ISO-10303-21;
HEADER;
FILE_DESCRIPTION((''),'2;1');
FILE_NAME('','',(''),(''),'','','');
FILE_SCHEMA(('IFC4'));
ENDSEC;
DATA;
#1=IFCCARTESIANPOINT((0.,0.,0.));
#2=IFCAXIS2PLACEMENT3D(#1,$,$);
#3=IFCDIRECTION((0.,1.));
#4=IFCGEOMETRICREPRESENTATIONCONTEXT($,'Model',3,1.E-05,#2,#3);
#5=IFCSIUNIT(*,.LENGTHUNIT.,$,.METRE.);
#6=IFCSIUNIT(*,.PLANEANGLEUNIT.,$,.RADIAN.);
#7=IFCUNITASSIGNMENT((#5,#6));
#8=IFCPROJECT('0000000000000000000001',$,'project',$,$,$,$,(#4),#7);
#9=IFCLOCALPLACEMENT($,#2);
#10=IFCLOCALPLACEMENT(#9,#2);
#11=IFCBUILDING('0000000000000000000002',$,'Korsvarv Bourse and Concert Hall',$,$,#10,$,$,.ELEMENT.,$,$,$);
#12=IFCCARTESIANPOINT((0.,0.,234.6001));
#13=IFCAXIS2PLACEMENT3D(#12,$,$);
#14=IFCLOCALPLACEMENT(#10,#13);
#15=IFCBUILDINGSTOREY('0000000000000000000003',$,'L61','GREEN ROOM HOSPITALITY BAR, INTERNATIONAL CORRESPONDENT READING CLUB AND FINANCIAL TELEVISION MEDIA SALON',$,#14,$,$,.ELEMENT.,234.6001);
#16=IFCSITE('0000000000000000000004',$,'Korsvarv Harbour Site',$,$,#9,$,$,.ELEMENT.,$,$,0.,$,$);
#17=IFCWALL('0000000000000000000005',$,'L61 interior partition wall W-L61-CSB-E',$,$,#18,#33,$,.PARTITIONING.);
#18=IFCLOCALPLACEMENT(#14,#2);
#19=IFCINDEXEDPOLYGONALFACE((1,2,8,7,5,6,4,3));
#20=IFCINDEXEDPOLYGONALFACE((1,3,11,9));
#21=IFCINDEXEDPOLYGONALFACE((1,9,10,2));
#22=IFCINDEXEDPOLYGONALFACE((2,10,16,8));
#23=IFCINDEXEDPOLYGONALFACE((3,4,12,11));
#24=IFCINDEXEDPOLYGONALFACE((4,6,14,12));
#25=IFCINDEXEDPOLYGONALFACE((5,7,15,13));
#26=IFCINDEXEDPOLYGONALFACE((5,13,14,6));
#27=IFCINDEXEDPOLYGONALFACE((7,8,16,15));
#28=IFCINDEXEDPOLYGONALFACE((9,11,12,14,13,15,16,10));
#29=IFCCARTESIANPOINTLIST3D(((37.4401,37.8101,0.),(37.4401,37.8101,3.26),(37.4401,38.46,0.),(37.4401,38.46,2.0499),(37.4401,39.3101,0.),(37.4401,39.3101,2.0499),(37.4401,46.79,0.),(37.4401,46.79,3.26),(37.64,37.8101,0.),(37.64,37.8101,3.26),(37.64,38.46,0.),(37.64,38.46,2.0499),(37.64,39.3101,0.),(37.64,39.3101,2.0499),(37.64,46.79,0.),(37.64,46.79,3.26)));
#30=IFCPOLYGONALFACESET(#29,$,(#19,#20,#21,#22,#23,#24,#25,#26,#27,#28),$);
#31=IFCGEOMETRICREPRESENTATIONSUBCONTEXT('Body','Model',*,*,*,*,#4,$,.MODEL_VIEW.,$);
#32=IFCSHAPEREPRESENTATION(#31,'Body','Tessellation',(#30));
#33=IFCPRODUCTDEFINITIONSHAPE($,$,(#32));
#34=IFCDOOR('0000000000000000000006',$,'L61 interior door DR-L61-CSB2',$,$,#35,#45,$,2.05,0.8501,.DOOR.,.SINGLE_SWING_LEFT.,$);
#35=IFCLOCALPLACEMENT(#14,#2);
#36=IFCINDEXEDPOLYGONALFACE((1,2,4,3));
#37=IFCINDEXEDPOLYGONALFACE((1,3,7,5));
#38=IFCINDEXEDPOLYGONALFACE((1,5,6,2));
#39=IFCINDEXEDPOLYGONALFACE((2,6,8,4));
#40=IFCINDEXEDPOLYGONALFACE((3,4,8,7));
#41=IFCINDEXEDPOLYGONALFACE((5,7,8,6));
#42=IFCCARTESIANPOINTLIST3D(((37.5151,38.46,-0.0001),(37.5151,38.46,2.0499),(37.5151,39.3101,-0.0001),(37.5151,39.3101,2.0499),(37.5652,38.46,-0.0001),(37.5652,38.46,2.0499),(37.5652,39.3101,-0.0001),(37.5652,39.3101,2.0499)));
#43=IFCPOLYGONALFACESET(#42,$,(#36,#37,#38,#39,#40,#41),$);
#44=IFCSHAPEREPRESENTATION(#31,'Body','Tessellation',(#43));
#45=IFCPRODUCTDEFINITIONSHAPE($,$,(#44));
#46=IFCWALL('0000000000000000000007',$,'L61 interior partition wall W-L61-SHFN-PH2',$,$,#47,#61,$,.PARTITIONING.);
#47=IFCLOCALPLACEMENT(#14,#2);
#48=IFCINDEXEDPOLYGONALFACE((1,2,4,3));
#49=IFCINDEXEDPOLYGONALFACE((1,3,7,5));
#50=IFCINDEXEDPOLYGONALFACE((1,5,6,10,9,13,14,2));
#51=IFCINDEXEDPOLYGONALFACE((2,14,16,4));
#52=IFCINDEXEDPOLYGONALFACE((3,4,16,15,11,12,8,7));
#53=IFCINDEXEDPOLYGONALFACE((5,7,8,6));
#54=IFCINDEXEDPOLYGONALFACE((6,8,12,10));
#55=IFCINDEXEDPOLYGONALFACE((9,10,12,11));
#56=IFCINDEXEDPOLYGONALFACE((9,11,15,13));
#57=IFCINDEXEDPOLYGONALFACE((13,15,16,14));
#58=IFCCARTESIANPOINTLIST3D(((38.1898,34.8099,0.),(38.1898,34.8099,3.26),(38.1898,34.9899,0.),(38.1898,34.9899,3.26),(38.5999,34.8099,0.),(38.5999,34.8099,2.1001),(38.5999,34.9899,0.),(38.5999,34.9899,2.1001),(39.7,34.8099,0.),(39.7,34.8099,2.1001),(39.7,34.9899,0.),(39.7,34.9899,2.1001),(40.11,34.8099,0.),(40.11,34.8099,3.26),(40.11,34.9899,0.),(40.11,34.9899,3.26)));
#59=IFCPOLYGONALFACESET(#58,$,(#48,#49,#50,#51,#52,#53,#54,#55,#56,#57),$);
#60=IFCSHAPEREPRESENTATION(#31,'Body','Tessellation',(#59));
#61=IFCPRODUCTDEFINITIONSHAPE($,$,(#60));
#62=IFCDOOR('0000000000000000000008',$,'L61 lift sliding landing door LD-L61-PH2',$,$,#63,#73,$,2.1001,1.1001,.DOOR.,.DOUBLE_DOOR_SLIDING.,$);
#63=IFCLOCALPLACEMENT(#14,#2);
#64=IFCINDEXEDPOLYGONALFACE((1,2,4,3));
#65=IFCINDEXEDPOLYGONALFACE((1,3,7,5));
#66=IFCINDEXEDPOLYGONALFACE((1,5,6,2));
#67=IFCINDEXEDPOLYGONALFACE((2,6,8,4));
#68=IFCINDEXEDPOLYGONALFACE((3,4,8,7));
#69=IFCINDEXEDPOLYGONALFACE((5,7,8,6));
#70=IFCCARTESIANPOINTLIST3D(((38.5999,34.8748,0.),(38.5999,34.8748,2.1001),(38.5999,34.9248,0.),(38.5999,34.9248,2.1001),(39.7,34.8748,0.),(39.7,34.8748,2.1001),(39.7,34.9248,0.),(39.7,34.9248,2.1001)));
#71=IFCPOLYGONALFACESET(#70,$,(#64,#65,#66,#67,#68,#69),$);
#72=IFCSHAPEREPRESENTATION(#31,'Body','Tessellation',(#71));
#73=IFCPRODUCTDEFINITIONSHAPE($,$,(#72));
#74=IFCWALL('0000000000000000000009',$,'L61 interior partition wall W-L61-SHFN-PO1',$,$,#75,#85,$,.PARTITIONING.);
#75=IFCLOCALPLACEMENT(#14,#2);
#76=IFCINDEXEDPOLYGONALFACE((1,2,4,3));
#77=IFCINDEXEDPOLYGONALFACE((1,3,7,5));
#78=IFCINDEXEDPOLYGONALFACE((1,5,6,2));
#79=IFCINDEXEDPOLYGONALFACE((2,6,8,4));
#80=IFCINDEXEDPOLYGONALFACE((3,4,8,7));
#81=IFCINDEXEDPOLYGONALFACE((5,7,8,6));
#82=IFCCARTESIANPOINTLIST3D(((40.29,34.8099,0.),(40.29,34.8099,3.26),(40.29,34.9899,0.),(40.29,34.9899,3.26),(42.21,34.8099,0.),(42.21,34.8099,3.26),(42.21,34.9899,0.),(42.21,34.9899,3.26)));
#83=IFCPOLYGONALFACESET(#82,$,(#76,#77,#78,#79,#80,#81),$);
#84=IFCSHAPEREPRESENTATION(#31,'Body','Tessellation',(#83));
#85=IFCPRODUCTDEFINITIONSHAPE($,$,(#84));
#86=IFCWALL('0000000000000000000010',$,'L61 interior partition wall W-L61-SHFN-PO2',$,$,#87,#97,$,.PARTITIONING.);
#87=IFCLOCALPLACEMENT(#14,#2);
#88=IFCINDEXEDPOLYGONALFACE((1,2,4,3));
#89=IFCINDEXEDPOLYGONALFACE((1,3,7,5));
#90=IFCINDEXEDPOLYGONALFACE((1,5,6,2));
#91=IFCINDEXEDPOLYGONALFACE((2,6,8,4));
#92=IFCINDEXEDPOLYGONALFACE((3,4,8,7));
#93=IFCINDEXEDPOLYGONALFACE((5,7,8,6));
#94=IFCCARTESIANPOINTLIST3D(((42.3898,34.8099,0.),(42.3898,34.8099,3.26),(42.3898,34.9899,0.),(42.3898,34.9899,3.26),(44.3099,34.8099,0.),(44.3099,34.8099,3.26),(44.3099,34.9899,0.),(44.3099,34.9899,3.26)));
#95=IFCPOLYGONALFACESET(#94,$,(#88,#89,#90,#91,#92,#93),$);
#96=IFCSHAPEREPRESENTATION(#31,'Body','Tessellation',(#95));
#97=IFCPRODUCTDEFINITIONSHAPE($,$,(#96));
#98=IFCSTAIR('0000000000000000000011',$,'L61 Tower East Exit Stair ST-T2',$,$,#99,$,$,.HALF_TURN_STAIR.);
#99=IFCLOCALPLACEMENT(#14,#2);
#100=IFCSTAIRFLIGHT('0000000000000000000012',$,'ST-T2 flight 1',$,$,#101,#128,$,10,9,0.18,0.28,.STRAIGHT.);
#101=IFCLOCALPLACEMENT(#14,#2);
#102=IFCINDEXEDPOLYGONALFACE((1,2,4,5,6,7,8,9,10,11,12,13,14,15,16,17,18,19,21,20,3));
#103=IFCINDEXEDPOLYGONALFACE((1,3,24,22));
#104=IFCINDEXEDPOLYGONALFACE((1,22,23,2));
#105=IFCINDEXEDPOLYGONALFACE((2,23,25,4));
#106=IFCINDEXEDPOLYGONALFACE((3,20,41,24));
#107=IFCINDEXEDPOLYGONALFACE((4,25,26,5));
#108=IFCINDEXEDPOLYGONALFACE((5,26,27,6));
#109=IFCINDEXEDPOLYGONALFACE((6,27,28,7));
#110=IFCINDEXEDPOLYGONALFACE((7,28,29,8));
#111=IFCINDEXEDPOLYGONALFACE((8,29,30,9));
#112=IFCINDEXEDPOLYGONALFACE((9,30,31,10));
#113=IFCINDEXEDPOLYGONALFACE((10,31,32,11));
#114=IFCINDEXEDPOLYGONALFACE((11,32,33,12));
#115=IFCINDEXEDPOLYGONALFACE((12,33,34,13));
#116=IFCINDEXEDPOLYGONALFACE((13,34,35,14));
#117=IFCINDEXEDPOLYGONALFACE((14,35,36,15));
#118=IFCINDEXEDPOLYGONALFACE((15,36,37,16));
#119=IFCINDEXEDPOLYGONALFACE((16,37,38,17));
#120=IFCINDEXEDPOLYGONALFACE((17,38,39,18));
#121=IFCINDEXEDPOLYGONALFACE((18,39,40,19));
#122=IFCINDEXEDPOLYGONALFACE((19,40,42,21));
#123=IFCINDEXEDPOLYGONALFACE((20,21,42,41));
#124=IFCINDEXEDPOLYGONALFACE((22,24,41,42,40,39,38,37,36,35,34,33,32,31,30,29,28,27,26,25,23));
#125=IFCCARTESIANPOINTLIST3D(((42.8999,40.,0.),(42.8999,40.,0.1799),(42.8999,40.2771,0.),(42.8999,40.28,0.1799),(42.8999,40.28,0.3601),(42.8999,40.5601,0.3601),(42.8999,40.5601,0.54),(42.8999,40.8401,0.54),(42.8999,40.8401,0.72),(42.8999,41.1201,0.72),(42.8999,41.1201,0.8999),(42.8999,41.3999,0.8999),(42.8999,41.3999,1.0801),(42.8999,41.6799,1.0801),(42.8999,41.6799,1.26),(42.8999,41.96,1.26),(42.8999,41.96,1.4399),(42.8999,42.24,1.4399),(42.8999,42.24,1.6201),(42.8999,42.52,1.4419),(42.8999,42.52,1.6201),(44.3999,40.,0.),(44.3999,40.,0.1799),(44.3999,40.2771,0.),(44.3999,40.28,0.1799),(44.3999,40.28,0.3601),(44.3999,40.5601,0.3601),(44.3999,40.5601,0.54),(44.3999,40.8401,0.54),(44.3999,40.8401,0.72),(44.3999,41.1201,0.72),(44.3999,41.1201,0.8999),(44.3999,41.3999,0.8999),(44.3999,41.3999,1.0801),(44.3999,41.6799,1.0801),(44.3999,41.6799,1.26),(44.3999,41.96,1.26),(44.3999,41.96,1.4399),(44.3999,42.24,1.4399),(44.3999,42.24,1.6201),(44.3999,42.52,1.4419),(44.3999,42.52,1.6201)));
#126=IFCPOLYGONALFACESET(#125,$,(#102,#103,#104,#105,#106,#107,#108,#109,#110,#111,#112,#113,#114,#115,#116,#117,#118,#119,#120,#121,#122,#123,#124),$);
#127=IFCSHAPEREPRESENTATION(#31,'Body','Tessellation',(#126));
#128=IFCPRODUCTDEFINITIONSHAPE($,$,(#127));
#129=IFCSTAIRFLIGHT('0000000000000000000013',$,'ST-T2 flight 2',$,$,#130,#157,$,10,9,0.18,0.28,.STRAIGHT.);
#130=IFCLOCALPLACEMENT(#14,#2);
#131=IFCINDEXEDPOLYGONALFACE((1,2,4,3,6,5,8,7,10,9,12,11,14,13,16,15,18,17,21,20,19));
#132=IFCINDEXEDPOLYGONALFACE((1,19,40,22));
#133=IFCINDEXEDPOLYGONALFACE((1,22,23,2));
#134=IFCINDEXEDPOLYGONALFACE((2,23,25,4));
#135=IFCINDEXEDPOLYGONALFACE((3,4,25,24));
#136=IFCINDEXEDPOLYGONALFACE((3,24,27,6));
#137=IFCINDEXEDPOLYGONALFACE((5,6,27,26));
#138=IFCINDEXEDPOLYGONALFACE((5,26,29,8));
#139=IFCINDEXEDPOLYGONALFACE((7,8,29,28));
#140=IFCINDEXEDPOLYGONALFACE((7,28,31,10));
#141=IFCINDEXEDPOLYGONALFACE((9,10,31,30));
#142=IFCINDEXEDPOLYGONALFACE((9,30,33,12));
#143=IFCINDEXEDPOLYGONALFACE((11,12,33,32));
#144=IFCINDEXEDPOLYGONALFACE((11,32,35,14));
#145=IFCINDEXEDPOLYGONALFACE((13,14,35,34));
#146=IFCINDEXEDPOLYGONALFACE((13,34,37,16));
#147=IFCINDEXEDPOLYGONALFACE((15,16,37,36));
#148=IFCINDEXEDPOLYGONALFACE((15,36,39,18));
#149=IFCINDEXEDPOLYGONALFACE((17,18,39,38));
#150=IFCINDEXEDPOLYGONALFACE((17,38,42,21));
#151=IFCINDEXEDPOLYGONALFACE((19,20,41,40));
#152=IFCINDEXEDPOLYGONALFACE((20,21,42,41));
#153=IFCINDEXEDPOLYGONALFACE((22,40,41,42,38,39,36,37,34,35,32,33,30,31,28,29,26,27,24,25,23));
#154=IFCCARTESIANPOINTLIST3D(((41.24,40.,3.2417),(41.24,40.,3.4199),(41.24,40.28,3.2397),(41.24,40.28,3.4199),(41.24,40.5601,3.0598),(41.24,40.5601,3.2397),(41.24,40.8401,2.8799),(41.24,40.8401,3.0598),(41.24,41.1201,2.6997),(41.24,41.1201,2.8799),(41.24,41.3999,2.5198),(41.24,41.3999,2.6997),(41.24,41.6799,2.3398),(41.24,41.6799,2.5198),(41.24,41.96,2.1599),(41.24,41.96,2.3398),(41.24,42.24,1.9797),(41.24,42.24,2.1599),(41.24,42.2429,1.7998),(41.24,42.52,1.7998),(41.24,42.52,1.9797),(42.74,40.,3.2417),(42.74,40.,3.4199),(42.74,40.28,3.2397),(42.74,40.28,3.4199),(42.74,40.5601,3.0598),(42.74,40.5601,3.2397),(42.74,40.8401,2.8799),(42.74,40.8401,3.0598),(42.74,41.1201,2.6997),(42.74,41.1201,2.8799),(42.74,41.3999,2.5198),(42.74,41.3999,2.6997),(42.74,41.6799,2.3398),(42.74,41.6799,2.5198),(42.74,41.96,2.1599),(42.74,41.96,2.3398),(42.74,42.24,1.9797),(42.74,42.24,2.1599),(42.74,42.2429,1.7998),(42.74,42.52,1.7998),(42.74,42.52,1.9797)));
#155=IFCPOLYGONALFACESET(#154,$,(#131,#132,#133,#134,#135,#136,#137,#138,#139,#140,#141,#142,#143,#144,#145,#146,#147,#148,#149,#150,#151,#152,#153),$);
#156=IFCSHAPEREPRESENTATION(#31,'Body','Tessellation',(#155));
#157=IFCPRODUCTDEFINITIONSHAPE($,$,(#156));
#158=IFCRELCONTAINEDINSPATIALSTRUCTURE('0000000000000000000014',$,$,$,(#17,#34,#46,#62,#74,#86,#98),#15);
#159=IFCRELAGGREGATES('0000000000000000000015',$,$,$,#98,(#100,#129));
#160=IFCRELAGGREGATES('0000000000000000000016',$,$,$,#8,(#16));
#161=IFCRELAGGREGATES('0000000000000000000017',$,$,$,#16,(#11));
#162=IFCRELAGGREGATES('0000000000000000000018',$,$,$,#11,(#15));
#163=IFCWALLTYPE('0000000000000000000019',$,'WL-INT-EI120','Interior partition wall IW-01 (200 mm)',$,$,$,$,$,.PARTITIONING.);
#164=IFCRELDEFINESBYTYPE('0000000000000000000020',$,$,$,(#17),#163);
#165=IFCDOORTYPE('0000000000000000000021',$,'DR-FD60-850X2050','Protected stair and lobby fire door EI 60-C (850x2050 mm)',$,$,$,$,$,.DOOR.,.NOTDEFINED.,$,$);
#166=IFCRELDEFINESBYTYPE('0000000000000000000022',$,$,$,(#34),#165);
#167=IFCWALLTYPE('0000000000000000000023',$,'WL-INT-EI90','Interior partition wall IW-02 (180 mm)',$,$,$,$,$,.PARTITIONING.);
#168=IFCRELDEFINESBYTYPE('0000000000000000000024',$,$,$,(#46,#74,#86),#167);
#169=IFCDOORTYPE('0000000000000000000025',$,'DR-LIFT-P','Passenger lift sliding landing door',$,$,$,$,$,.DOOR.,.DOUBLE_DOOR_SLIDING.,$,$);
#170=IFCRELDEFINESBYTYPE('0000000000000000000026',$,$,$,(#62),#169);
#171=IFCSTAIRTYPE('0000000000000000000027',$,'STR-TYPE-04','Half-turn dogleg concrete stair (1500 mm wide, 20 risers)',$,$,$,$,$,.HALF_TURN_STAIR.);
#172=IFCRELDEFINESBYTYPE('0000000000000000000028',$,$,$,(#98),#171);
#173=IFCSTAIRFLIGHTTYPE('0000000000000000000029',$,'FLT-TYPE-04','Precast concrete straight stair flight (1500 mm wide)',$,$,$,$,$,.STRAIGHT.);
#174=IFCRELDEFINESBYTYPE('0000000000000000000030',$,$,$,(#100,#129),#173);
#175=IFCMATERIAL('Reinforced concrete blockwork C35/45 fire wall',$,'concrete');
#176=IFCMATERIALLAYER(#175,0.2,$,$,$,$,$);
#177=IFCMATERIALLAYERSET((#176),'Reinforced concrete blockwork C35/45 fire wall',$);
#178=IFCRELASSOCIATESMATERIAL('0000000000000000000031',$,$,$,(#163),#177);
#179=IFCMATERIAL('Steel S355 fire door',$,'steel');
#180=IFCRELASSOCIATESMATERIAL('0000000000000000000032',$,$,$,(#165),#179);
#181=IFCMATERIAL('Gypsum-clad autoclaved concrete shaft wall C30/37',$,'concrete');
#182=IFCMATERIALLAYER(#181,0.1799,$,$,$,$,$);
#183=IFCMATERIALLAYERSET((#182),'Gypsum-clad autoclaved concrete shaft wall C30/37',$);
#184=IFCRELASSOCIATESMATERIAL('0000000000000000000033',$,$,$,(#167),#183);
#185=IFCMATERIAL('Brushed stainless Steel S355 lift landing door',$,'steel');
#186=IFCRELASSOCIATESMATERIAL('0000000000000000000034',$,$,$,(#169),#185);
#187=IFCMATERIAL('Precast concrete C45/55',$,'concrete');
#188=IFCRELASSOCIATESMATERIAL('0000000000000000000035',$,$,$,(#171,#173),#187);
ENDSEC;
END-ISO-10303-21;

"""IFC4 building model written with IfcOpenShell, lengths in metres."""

from ifc_helpers import new_model, si_unit, direction, frame, frame_2d, origin, place, context, subcontext, project, spatial, polyline, rectangle, outline, extrude, material, layer, layer_set, type_object, element, fill, aggregate, save


model = new_model("IFC4")

# Units and contexts
model_context = context("Model", 3, precision=1e-05, world=origin(), true_north=direction((0.0, 1.0)))
body_context = subcontext(model_context, "Body", "Model", "MODEL_VIEW")
ifc_project = project(units=[si_unit("LENGTHUNIT", "METRE"), si_unit("PLANEANGLEUNIT", "RADIAN")], contexts=[model_context])

# Site, building, storey
site_placement = place(None, origin())
site = spatial("IfcSite", under=ifc_project, at=site_placement, Name="Korsvarv Harbour Site", CompositionType="ELEMENT", RefElevation=0.0)
building_placement = place(site_placement, origin())
building = spatial("IfcBuilding", under=site, at=building_placement, Name="Korsvarv Bourse and Concert Hall", CompositionType="ELEMENT")
storey_placement = place(building_placement, frame((0.0, 0.0, 234.6001)))
storey = spatial("IfcBuildingStorey", under=building, at=storey_placement, Name="L61", Description="GREEN ROOM HOSPITALITY BAR, INTERNATIONAL CORRESPONDENT READING CLUB AND FINANCIAL TELEVISION MEDIA SALON", CompositionType="ELEMENT", Elevation=234.6001)

# Shared definitions
ifc_material_1 = material(Name="Steel S355 fire door", Category="steel")

# Walls, openings, doors
ifc_material_2 = material(Name="Reinforced concrete blockwork C35/45 fire wall", Category="concrete")
ifc_layer_1 = layer(ifc_material_2, 0.2)
ifc_layer_set_1 = layer_set([ifc_layer_1], Name="Reinforced concrete blockwork C35/45 fire wall")
wall_type_1 = type_object("IfcWallType", Name="WL-INT-EI120", Description="Interior partition wall IW-01 (200 mm)", PredefinedType="PARTITIONING", material=ifc_layer_set_1)
wall_1_placement = place(storey_placement, frame((37.54, 37.8101, 0.0), z_axis=(0.0, 0.0, 1.0), x_axis=(0.0, 1.0, 0.0)))
wall_1 = element("IfcWall", 1, at=wall_1_placement, inside=storey, type_object=wall_type_1, Name="L61 interior partition wall W-L61-CSB-E", PredefinedType="PARTITIONING", context=body_context, shape_type="SweptSolid", body=[
    extrude(rectangle(XDim=8.98, YDim=0.2, at=frame_2d((4.49, 0.0))), origin(), (0.0, 0.0, 1.0), 3.26),
])
opening_1_placement = place(wall_1_placement, frame((0.6499, 0.0, 0.0)))
opening_1 = element("IfcOpeningElement", 2, at=opening_1_placement, cuts=wall_1, PredefinedType="OPENING", context=body_context, shape_type="SweptSolid", body=[
    extrude(rectangle(XDim=0.8501, YDim=2.05, at=frame_2d((0.425, 1.0249))), frame((0.0, 0.1099, 0.0), z_axis=(0.0, -1.0, 0.0), x_axis=(1.0, 0.0, 0.0)), (0.0, 0.0, 1.0), 0.22),
])
door_type_1 = type_object("IfcDoorType", Name="DR-FD60-850X2050", Description="Protected stair and lobby fire door EI 60-C (850x2050 mm)", OperationType="NOTDEFINED", PredefinedType="DOOR", material=ifc_material_1)
door_1_placement = place(opening_1_placement, origin())
door_1 = element("IfcDoor", 3, at=door_1_placement, inside=storey, type_object=door_type_1, Name="L61 interior door DR-L61-CSB2", OperationType="SINGLE_SWING_LEFT", OverallHeight=2.05, OverallWidth=0.8501, PredefinedType="DOOR", context=body_context, shape_type="SweptSolid", body=[
    extrude(rectangle(XDim=0.8501, YDim=2.05, at=frame_2d((0.425, 1.0249))), frame((0.0, 0.0249, 0.0), z_axis=(0.0, -1.0, 0.0), x_axis=(1.0, 0.0, 0.0)), (0.0, 0.0, 1.0), 0.05),
])
fill(opening_1, door_1)
ifc_material_3 = material(Name="Gypsum-clad autoclaved concrete shaft wall C30/37", Category="concrete")
ifc_layer_2 = layer(ifc_material_3, 0.1799)
ifc_layer_set_2 = layer_set([ifc_layer_2], Name="Gypsum-clad autoclaved concrete shaft wall C30/37")
wall_type_2 = type_object("IfcWallType", Name="WL-INT-EI90", Description="Interior partition wall IW-02 (180 mm)", PredefinedType="PARTITIONING", material=ifc_layer_set_2)
wall_2_placement = place(storey_placement, frame((38.1899, 34.8999, 0.0), z_axis=(0.0, 0.0, 1.0), x_axis=(1.0, 0.0, 0.0)))
wall_2 = element("IfcWall", 4, at=wall_2_placement, inside=storey, type_object=wall_type_2, Name="L61 interior partition wall W-L61-SHFN-PH2", PredefinedType="PARTITIONING", context=body_context, shape_type="SweptSolid", body=[
    extrude(rectangle(XDim=1.9202, YDim=0.1799, at=frame_2d((0.96, 0.0))), origin(), (0.0, 0.0, 1.0), 3.26),
])
opening_2_placement = place(wall_2_placement, frame((0.4099, 0.0, 0.0)))
opening_2 = element("IfcOpeningElement", 5, at=opening_2_placement, cuts=wall_2, PredefinedType="OPENING", context=body_context, shape_type="SweptSolid", body=[
    extrude(rectangle(XDim=1.1001, YDim=2.1001, at=frame_2d((0.55, 1.05))), frame((0.0, 0.1001, 0.0), z_axis=(0.0, -1.0, 0.0), x_axis=(1.0, 0.0, 0.0)), (0.0, 0.0, 1.0), 0.2),
])
ifc_material_4 = material(Name="Brushed stainless Steel S355 lift landing door", Category="steel")
door_type_2 = type_object("IfcDoorType", Name="DR-LIFT-P", Description="Passenger lift sliding landing door", OperationType="DOUBLE_DOOR_SLIDING", PredefinedType="DOOR", material=ifc_material_4)
door_2_placement = place(opening_2_placement, origin())
door_2 = element("IfcDoor", 6, at=door_2_placement, inside=storey, type_object=door_type_2, Name="L61 lift sliding landing door LD-L61-PH2", OperationType="DOUBLE_DOOR_SLIDING", OverallHeight=2.1001, OverallWidth=1.1001, PredefinedType="DOOR", context=body_context, shape_type="SweptSolid", body=[
    extrude(rectangle(XDim=1.1001, YDim=2.1001, at=frame_2d((0.55, 1.05))), frame((0.0, 0.0249, 0.0), z_axis=(0.0, -1.0, 0.0), x_axis=(1.0, 0.0, 0.0)), (0.0, 0.0, 1.0), 0.05),
])
fill(opening_2, door_2)

# Walls
wall_3_placement = place(storey_placement, frame((40.29, 34.8999, 0.0), z_axis=(0.0, 0.0, 1.0), x_axis=(1.0, 0.0, 0.0)))
element("IfcWall", 7, at=wall_3_placement, inside=storey, type_object=wall_type_2, Name="L61 interior partition wall W-L61-SHFN-PO1", PredefinedType="PARTITIONING", context=body_context, shape_type="SweptSolid", body=[
    extrude(rectangle(XDim=1.9199, YDim=0.1799, at=frame_2d((0.96, 0.0))), origin(), (0.0, 0.0, 1.0), 3.26),
])
wall_4_placement = place(storey_placement, frame((42.3899, 34.8999, 0.0), z_axis=(0.0, 0.0, 1.0), x_axis=(1.0, 0.0, 0.0)))
element("IfcWall", 8, at=wall_4_placement, inside=storey, type_object=wall_type_2, Name="L61 interior partition wall W-L61-SHFN-PO2", PredefinedType="PARTITIONING", context=body_context, shape_type="SweptSolid", body=[
    extrude(rectangle(XDim=1.9202, YDim=0.1799, at=frame_2d((0.96, 0.0))), origin(), (0.0, 0.0, 1.0), 3.26),
])

# Stair, stair flights
ifc_material_5 = material(Name="Precast concrete C45/55", Category="concrete")
stair_type = type_object("IfcStairType", Name="STR-TYPE-04", Description="Half-turn dogleg concrete stair (1500 mm wide, 20 risers)", PredefinedType="HALF_TURN_STAIR", material=ifc_material_5)
stair_placement = place(storey_placement, origin())
stair = element("IfcStair", 9, at=stair_placement, inside=storey, type_object=stair_type, Name="L61 Tower East Exit Stair ST-T2", PredefinedType="HALF_TURN_STAIR")
stair_flight_type = type_object("IfcStairFlightType", Name="FLT-TYPE-04", Description="Precast concrete straight stair flight (1500 mm wide)", PredefinedType="STRAIGHT", material=ifc_material_5)
stair_flight_1_placement = place(storey_placement, frame((43.6499, 40.0, 0.0), z_axis=(0.0, 0.0, 1.0), x_axis=(0.0, 1.0, 0.0)))
stair_flight_1 = element("IfcStairFlight", 10, at=stair_flight_1_placement, type_object=stair_flight_type, Name="ST-T2 flight 1", NumberOfRisers=10, NumberOfTreads=9, PredefinedType="STRAIGHT", RiserHeight=0.18, TreadLength=0.28, context=body_context, shape_type="SweptSolid", body=[
    extrude(outline(polyline([(0.0, 0.0), (0.0, 0.1799), (0.28, 0.1799), (0.28, 0.3601), (0.5601, 0.3601), (0.5601, 0.54), (0.8401, 0.54), (0.8401, 0.72), (1.1201, 0.72), (1.1201, 0.8999), (1.3999, 0.8999), (1.3999, 1.0801), (1.6799, 1.0801), (1.6799, 1.26), (1.96, 1.26), (1.96, 1.4399), (2.24, 1.4399), (2.24, 1.6201), (2.52, 1.6201), (2.52, 1.8), (2.52, 1.4419), (0.2771, 0.0), (0.0, 0.0)])), frame((0.0, 0.75, 0.0), z_axis=(0.0, -1.0, 0.0), x_axis=(1.0, 0.0, 0.0)), (0.0, 0.0, 1.0), 1.5),
])
stair_flight_2_placement = place(storey_placement, frame((41.99, 42.52, 1.7998), z_axis=(0.0, 0.0, 1.0), x_axis=(0.0, -1.0, 0.0)))
stair_flight_2 = element("IfcStairFlight", 11, at=stair_flight_2_placement, type_object=stair_flight_type, Name="ST-T2 flight 2", NumberOfRisers=10, NumberOfTreads=9, PredefinedType="STRAIGHT", RiserHeight=0.18, TreadLength=0.28, context=body_context, shape_type="SweptSolid", body=[
    extrude(outline(polyline([(0.0, 0.0), (0.0, 0.1799), (0.28, 0.1799), (0.28, 0.3601), (0.5601, 0.3601), (0.5601, 0.54), (0.8401, 0.54), (0.8401, 0.72), (1.1201, 0.72), (1.1201, 0.8999), (1.3999, 0.8999), (1.3999, 1.0801), (1.6799, 1.0801), (1.6799, 1.26), (1.96, 1.26), (1.96, 1.4399), (2.24, 1.4399), (2.24, 1.6201), (2.52, 1.6201), (2.52, 1.8), (2.52, 1.4419), (0.2771, 0.0), (0.0, 0.0)])), frame((0.0, 0.75, 0.0), z_axis=(0.0, -1.0, 0.0), x_axis=(1.0, 0.0, 0.0)), (0.0, 0.0, 1.0), 1.5),
])
aggregate(stair, [stair_flight_1, stair_flight_2])

save(model, "model.ifc")
